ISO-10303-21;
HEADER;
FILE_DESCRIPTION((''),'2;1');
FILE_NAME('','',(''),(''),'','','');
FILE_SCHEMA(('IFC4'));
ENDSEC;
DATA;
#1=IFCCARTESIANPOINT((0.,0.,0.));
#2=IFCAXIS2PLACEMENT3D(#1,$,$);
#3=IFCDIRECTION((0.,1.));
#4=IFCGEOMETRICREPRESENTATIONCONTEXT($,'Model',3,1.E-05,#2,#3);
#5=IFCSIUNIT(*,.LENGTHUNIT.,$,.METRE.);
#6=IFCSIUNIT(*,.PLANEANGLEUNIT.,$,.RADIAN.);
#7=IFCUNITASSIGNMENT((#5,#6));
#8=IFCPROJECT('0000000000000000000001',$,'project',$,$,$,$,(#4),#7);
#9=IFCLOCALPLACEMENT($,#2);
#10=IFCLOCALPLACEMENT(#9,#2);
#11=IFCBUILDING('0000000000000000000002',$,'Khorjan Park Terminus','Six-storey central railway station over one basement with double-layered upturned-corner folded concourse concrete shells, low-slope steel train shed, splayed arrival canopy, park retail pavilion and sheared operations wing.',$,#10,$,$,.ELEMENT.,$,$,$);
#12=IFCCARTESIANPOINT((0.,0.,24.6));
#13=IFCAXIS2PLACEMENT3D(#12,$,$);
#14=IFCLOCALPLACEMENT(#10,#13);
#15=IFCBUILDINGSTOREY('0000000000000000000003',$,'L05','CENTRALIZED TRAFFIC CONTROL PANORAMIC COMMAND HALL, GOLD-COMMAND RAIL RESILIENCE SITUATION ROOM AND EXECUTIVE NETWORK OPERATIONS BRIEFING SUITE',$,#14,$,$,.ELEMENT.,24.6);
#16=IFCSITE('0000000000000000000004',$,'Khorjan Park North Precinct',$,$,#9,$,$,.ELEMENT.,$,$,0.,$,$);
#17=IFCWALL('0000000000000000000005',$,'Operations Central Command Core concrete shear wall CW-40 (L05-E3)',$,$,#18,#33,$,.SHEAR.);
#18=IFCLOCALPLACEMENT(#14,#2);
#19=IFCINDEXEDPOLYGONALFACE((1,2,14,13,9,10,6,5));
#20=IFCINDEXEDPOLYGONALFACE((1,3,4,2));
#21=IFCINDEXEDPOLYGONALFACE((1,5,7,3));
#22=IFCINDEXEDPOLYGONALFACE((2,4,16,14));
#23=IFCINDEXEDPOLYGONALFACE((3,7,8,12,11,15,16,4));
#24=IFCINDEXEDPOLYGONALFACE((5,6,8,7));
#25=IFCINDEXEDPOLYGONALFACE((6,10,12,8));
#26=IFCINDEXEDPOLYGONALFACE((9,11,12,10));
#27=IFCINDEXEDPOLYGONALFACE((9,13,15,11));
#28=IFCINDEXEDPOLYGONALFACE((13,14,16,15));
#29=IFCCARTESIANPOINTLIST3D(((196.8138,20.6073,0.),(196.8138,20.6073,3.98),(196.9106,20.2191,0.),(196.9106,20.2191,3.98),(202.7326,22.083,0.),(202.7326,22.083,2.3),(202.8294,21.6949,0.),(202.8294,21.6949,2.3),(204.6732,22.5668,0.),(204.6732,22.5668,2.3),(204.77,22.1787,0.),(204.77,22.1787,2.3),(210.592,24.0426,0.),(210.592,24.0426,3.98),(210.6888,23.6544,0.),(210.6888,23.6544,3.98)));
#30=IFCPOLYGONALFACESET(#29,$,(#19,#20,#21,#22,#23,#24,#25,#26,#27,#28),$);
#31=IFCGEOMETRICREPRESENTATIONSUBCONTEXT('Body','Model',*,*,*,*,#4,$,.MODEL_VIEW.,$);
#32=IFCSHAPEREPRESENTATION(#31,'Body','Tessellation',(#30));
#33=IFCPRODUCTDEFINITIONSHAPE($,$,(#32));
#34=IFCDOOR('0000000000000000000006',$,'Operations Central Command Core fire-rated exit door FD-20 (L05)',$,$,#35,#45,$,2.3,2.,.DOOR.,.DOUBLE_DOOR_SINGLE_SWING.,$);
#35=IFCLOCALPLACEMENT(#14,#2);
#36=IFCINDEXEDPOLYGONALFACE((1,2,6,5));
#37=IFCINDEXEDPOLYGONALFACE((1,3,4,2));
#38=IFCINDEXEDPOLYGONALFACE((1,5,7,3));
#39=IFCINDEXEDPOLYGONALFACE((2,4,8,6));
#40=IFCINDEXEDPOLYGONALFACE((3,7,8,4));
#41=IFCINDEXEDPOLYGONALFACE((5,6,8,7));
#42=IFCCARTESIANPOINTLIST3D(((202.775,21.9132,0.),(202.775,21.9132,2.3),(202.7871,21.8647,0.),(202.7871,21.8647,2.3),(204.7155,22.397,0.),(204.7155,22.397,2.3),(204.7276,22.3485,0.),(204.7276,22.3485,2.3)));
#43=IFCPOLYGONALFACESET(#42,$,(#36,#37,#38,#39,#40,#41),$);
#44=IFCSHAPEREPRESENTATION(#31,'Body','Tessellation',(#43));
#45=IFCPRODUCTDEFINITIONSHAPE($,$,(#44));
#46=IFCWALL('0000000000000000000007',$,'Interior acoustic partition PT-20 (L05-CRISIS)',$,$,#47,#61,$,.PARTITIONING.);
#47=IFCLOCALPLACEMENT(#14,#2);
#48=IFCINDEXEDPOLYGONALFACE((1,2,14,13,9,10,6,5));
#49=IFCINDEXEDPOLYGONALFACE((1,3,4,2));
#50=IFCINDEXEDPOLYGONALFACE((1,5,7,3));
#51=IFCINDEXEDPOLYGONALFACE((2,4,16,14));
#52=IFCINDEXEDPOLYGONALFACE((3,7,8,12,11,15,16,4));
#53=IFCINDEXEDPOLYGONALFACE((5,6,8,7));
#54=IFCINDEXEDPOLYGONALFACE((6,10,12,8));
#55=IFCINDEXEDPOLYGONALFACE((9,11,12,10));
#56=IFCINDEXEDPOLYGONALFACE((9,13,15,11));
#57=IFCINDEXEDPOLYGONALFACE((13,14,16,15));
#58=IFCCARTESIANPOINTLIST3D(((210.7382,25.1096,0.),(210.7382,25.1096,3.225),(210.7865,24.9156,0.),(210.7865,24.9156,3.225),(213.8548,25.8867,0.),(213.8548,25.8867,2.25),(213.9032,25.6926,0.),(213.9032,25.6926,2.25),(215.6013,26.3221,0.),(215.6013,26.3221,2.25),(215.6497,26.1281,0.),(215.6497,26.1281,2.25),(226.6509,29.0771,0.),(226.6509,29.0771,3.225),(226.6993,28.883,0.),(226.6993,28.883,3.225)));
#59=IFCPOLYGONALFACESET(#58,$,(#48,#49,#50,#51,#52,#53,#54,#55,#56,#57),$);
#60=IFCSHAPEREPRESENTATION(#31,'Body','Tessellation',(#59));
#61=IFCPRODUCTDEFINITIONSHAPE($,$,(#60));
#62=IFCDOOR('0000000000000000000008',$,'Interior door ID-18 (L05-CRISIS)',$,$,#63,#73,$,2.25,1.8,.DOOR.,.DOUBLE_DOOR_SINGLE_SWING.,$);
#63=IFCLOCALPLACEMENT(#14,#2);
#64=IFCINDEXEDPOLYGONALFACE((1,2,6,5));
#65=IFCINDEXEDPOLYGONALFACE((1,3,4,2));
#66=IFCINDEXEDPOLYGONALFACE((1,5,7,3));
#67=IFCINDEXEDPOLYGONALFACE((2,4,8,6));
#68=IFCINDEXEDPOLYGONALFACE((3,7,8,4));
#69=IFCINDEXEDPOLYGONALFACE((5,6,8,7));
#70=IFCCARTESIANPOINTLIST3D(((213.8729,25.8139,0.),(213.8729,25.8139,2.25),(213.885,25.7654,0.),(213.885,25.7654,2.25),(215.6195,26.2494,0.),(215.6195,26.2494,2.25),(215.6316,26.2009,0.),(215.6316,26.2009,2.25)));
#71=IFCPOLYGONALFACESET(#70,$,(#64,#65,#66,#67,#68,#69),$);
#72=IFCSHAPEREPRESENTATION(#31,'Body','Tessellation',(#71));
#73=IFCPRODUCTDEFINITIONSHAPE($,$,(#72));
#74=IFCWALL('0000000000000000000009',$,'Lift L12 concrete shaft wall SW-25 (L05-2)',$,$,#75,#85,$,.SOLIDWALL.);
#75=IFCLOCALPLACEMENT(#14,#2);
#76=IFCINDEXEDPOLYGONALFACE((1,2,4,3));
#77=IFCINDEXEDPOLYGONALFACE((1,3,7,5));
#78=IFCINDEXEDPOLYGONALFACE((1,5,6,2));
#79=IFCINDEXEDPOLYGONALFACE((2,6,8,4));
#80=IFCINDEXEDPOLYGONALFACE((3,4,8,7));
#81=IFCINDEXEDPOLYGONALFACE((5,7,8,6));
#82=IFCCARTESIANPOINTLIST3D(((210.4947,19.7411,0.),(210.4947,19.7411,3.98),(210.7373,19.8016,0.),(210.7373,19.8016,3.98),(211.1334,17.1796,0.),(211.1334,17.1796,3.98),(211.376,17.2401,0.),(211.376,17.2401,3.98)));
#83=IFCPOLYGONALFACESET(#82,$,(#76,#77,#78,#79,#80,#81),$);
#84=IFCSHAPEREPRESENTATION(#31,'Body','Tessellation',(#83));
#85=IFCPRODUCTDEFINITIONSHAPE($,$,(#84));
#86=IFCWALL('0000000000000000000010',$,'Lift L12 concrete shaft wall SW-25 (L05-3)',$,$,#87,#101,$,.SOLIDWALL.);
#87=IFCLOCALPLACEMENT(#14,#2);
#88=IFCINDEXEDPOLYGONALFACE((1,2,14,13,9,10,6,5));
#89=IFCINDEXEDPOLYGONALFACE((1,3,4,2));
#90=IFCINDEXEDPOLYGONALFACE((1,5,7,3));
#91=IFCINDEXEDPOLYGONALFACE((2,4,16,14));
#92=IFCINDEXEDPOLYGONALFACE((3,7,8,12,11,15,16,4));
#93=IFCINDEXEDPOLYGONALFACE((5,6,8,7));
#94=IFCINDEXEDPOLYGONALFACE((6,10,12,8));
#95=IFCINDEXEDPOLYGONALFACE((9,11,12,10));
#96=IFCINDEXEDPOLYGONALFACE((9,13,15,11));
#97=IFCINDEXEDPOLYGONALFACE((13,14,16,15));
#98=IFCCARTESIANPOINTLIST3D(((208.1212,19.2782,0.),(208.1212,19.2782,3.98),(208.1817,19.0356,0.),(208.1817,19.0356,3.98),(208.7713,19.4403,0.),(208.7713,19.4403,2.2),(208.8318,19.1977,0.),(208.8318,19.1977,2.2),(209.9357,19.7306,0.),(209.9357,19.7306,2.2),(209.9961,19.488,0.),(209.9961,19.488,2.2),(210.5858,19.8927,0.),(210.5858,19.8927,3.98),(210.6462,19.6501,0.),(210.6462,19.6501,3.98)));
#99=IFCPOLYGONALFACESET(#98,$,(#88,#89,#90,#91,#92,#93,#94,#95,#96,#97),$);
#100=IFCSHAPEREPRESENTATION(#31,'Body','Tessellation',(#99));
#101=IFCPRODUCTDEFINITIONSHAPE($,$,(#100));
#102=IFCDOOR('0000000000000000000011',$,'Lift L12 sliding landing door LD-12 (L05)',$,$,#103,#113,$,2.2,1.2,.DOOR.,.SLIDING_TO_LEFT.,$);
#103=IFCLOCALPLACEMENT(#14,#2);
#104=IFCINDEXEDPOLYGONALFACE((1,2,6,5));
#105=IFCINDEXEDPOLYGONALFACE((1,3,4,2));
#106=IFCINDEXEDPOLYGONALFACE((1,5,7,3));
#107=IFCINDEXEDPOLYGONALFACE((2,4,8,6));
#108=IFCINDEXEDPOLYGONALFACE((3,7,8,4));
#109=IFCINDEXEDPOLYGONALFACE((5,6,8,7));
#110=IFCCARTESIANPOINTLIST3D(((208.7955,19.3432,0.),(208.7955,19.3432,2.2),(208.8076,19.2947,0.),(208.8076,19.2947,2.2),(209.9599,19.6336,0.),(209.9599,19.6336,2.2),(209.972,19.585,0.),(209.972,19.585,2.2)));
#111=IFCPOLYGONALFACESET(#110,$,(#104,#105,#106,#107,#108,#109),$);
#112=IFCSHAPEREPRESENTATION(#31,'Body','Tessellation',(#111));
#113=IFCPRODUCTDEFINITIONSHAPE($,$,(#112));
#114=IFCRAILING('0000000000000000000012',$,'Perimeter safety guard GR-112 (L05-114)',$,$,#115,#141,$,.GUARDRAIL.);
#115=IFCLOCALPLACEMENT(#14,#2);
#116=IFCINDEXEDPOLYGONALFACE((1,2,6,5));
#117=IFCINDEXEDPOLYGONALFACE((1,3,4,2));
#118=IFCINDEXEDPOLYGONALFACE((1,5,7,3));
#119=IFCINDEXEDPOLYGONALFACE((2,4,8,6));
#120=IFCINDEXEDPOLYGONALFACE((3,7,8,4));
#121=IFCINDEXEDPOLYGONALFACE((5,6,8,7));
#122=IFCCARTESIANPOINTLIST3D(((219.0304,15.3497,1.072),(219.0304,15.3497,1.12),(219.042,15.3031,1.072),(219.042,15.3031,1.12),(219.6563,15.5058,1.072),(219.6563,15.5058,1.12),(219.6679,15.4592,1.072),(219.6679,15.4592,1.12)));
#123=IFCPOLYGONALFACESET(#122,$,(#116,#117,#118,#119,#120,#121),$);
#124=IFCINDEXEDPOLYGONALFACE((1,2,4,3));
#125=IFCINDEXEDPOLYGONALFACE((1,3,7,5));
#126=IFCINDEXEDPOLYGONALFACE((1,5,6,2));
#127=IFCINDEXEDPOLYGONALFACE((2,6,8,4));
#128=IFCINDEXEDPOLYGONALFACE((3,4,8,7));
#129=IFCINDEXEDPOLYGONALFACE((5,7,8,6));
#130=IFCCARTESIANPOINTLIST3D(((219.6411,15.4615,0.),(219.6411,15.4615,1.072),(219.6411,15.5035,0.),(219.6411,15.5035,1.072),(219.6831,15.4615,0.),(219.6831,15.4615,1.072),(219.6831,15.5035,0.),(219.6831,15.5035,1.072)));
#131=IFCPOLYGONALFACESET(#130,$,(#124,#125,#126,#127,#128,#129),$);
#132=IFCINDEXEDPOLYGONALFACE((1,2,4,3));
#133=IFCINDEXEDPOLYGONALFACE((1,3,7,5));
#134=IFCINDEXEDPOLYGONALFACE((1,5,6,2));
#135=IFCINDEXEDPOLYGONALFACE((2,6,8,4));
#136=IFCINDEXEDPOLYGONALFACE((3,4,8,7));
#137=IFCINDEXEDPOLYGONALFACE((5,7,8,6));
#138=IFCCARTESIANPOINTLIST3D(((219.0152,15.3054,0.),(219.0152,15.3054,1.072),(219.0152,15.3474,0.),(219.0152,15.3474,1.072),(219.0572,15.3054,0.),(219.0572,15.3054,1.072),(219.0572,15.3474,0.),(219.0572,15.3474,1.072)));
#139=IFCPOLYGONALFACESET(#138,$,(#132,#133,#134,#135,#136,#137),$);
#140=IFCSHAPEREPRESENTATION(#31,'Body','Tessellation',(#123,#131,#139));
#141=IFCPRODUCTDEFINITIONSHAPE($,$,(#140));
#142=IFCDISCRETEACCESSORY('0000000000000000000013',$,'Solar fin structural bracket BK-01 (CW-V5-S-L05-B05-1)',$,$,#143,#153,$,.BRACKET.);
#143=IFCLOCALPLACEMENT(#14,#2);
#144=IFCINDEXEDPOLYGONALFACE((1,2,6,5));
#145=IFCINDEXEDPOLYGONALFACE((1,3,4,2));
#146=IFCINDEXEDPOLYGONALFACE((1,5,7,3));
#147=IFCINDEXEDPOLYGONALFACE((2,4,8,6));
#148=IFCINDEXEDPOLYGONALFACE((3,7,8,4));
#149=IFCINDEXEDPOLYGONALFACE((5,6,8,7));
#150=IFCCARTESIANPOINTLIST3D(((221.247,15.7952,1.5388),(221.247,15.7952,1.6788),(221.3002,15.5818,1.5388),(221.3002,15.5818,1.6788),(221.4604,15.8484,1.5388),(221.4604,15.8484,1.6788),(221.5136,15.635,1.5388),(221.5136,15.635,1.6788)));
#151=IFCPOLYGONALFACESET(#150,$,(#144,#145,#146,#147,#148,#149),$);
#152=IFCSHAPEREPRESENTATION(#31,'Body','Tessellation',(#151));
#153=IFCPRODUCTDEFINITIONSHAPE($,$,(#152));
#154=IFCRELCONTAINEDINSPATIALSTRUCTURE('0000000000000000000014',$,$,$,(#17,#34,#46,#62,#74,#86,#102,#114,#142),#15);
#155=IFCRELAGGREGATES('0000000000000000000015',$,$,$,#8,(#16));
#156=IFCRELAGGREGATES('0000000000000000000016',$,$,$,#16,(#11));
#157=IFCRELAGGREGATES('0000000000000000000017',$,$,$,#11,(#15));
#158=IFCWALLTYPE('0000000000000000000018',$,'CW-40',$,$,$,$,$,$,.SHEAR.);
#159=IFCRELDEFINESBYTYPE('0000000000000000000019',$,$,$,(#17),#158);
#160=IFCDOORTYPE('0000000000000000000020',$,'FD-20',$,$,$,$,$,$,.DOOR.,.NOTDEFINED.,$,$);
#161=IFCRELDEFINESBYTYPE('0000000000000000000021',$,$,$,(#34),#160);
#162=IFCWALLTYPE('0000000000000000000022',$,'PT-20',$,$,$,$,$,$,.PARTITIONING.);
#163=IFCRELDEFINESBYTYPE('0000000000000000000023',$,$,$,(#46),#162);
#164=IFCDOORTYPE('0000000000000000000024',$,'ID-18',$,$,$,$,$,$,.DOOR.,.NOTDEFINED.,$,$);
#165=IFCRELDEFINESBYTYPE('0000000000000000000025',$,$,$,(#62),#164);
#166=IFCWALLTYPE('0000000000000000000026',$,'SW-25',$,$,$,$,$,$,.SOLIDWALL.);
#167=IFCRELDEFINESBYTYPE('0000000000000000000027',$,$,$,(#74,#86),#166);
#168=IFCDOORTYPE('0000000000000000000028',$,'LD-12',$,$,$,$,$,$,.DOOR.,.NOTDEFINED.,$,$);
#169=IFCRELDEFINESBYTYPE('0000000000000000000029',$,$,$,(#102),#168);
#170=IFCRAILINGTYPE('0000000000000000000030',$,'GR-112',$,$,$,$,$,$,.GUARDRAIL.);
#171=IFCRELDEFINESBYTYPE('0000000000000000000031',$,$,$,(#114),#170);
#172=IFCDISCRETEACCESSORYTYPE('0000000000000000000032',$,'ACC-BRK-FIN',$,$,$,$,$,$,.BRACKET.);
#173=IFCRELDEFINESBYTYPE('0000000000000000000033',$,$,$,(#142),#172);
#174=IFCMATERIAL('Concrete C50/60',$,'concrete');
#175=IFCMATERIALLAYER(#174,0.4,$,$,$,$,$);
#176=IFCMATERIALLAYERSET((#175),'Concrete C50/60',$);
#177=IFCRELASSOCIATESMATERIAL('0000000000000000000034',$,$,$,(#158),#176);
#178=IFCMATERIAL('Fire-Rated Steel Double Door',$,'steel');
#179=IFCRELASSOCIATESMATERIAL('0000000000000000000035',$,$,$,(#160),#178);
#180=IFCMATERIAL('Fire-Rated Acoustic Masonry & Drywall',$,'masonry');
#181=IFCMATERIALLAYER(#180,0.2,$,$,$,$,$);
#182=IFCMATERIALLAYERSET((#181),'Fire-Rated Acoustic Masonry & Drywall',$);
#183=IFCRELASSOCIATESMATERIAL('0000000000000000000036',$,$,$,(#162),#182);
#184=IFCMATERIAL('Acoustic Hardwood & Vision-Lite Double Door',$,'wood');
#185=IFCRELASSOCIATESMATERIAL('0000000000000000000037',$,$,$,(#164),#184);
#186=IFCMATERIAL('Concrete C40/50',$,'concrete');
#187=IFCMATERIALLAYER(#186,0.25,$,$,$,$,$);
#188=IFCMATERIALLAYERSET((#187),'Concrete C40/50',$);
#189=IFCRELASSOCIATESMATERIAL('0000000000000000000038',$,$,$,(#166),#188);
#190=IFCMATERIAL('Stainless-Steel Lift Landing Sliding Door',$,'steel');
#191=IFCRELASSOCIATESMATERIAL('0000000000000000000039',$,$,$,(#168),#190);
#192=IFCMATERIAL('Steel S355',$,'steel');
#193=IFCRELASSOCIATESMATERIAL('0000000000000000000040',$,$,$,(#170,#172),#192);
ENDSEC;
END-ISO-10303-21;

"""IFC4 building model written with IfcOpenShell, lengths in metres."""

from ifc_helpers import new_model, si_unit, direction, frame, frame_2d, origin, origin_2d, place, context, subcontext, project, spatial, rectangle, extrude, material, layer, layer_set, type_object, element, fill, save


model = new_model("IFC4")

# Units and contexts
model_context = context("Model", 3, precision=1e-05, world=origin(), true_north=direction((0.0, 1.0)))
body_context = subcontext(model_context, "Body", "Model", "MODEL_VIEW")
ifc_project = project(units=[si_unit("LENGTHUNIT", "METRE"), si_unit("PLANEANGLEUNIT", "RADIAN")], contexts=[model_context])

# Site, building, storey
site_placement = place(None, origin())
site = spatial("IfcSite", under=ifc_project, at=site_placement, Name="Khorjan Park North Precinct", CompositionType="ELEMENT", RefElevation=0.0)
building_placement = place(site_placement, origin())
building = spatial("IfcBuilding", under=site, at=building_placement, Name="Khorjan Park Terminus", Description="Six-storey central railway station over one basement with double-layered upturned-corner folded concourse concrete shells, low-slope steel train shed, splayed arrival canopy, park retail pavilion and sheared operations wing.", CompositionType="ELEMENT")
storey_placement = place(building_placement, frame((0.0, 0.0, 24.6)))
storey = spatial("IfcBuildingStorey", under=building, at=storey_placement, Name="L05", Description="CENTRALIZED TRAFFIC CONTROL PANORAMIC COMMAND HALL, GOLD-COMMAND RAIL RESILIENCE SITUATION ROOM AND EXECUTIVE NETWORK OPERATIONS BRIEFING SUITE", CompositionType="ELEMENT", Elevation=24.6)

# Shared definitions
ifc_material_1 = material(Name="Concrete C50/60", Category="concrete")

# Shared definitions
ifc_material_2 = material(Name="Steel S355", Category="steel")

# Walls, openings, doors
ifc_layer_1 = layer(ifc_material_1, 0.4)
ifc_layer_set_1 = layer_set([ifc_layer_1], Name="Concrete C50/60")
wall_type_1 = type_object("IfcWallType", Name="CW-40", PredefinedType="SHEAR", material=ifc_layer_set_1)
wall_1_placement = place(storey_placement, frame((210.6404, 23.8485, 0.0), z_axis=(0.0, 0.0, 1.0), x_axis=(-0.970296, -0.241922, 0.0)))
wall_1 = element("IfcWall", 1, at=wall_1_placement, inside=storey, type_object=wall_type_1, Name="Operations Central Command Core concrete shear wall CW-40 (L05-E3)", PredefinedType="SHEAR", context=body_context, shape_type="SweptSolid", body=[
    extrude(rectangle(XDim=14.2, YDim=0.4, at=frame_2d((7.1, 0.0))), origin(), (0.0, 0.0, 1.0), 3.98),
])
opening_1_placement = place(wall_1_placement, frame((6.1, 0.0, 0.0)))
opening_1 = element("IfcOpeningElement", 2, at=opening_1_placement, cuts=wall_1, PredefinedType="OPENING", context=body_context, shape_type="SweptSolid", body=[
    extrude(rectangle(XDim=2.0, YDim=2.3, at=frame_2d((1.0, 1.15))), frame((0.0, 0.21, 0.0), z_axis=(0.0, -1.0, 0.0), x_axis=(1.0, 0.0, 0.0)), (0.0, 0.0, 1.0), 0.42),
])
ifc_material_3 = material(Name="Fire-Rated Steel Double Door", Category="steel")
door_type_1 = type_object("IfcDoorType", Name="FD-20", OperationType="NOTDEFINED", PredefinedType="DOOR", material=ifc_material_3)
door_1_placement = place(opening_1_placement, origin())
door_1 = element("IfcDoor", 3, at=door_1_placement, inside=storey, type_object=door_type_1, Name="Operations Central Command Core fire-rated exit door FD-20 (L05)", OperationType="DOUBLE_DOOR_SINGLE_SWING", OverallHeight=2.3, OverallWidth=2.0, PredefinedType="DOOR", context=body_context, shape_type="SweptSolid", body=[
    extrude(rectangle(XDim=2.0, YDim=2.3, at=frame_2d((1.0, 1.15))), frame((0.0, 0.025, 0.0), z_axis=(0.0, -1.0, 0.0), x_axis=(1.0, 0.0, 0.0)), (0.0, 0.0, 1.0), 0.05),
])
fill(opening_1, door_1)
ifc_material_4 = material(Name="Fire-Rated Acoustic Masonry & Drywall", Category="masonry")
ifc_layer_2 = layer(ifc_material_4, 0.2)
ifc_layer_set_2 = layer_set([ifc_layer_2], Name="Fire-Rated Acoustic Masonry & Drywall")
wall_type_2 = type_object("IfcWallType", Name="PT-20", PredefinedType="PARTITIONING", material=ifc_layer_set_2)
wall_2_placement = place(storey_placement, frame((210.7624, 25.0126, 0.0), z_axis=(0.0, 0.0, 1.0), x_axis=(0.970296, 0.241922, 0.0)))
wall_2 = element("IfcWall", 4, at=wall_2_placement, inside=storey, type_object=wall_type_2, Name="Interior acoustic partition PT-20 (L05-CRISIS)", PredefinedType="PARTITIONING", context=body_context, shape_type="SweptSolid", body=[
    extrude(rectangle(XDim=16.3999, YDim=0.2, at=frame_2d((8.1999, 0.0))), origin(), (0.0, 0.0, 1.0), 3.225),
])
opening_2_placement = place(wall_2_placement, frame((3.212, 0.0, 0.0)))
opening_2 = element("IfcOpeningElement", 5, at=opening_2_placement, cuts=wall_2, PredefinedType="OPENING", context=body_context, shape_type="SweptSolid", body=[
    extrude(rectangle(XDim=1.8, YDim=2.25, at=frame_2d((0.9, 1.125))), frame((0.0, 0.11, 0.0), z_axis=(0.0, -1.0, 0.0), x_axis=(1.0, 0.0, 0.0)), (0.0, 0.0, 1.0), 0.22),
])
ifc_material_5 = material(Name="Acoustic Hardwood & Vision-Lite Double Door", Category="wood")
door_type_2 = type_object("IfcDoorType", Name="ID-18", OperationType="NOTDEFINED", PredefinedType="DOOR", material=ifc_material_5)
door_2_placement = place(opening_2_placement, origin())
door_2 = element("IfcDoor", 6, at=door_2_placement, inside=storey, type_object=door_type_2, Name="Interior door ID-18 (L05-CRISIS)", OperationType="DOUBLE_DOOR_SINGLE_SWING", OverallHeight=2.25, OverallWidth=1.8, PredefinedType="DOOR", context=body_context, shape_type="SweptSolid", body=[
    extrude(rectangle(XDim=1.8, YDim=2.25, at=frame_2d((0.9, 1.125))), frame((0.0, 0.025, 0.0), z_axis=(0.0, -1.0, 0.0), x_axis=(1.0, 0.0, 0.0)), (0.0, 0.0, 1.0), 0.05),
])
fill(opening_2, door_2)

# Wall
ifc_material_6 = material(Name="Concrete C40/50", Category="concrete")
ifc_layer_3 = layer(ifc_material_6, 0.25)
ifc_layer_set_3 = layer_set([ifc_layer_3], Name="Concrete C40/50")
wall_type_3 = type_object("IfcWallType", Name="SW-25", PredefinedType="SOLIDWALL", material=ifc_layer_set_3)
wall_3_placement = place(storey_placement, frame((211.2547, 17.2099, 0.0), z_axis=(0.0, 0.0, 1.0), x_axis=(-0.241938, 0.970292, 0.0)))
element("IfcWall", 7, at=wall_3_placement, inside=storey, type_object=wall_type_3, Name="Lift L12 concrete shaft wall SW-25 (L05-2)", PredefinedType="SOLIDWALL", context=body_context, shape_type="SweptSolid", body=[
    extrude(rectangle(XDim=2.6399, YDim=0.25, at=frame_2d((1.3199, 0.0))), origin(), (0.0, 0.0, 1.0), 3.98),
])

# Wall, opening, door
wall_4_placement = place(storey_placement, frame((210.616, 19.7714, 0.0), z_axis=(0.0, 0.0, 1.0), x_axis=(-0.970293, -0.241933, 0.0)))
wall_4 = element("IfcWall", 8, at=wall_4_placement, inside=storey, type_object=wall_type_3, Name="Lift L12 concrete shaft wall SW-25 (L05-3)", PredefinedType="SOLIDWALL", context=body_context, shape_type="SweptSolid", body=[
    extrude(rectangle(XDim=2.54, YDim=0.25, at=frame_2d((1.27, 0.0))), origin(), (0.0, 0.0, 1.0), 3.98),
])
opening_3_placement = place(wall_4_placement, frame((0.67, 0.0, 0.0)))
opening_3 = element("IfcOpeningElement", 9, at=opening_3_placement, cuts=wall_4, PredefinedType="OPENING", context=body_context, shape_type="SweptSolid", body=[
    extrude(rectangle(XDim=1.2, YDim=2.2, at=frame_2d((0.6, 1.1))), frame((0.0, 0.135, 0.0), z_axis=(0.0, -1.0, 0.0), x_axis=(1.0, 0.0, 0.0)), (0.0, 0.0, 1.0), 0.27),
])
ifc_material_7 = material(Name="Stainless-Steel Lift Landing Sliding Door", Category="steel")
door_type_3 = type_object("IfcDoorType", Name="LD-12", OperationType="NOTDEFINED", PredefinedType="DOOR", material=ifc_material_7)
door_3_placement = place(opening_3_placement, origin())
door_3 = element("IfcDoor", 10, at=door_3_placement, inside=storey, type_object=door_type_3, Name="Lift L12 sliding landing door LD-12 (L05)", OperationType="SLIDING_TO_LEFT", OverallHeight=2.2, OverallWidth=1.2, PredefinedType="DOOR", context=body_context, shape_type="SweptSolid", body=[
    extrude(rectangle(XDim=1.2, YDim=2.2, at=frame_2d((0.6, 1.1))), frame((0.0, 0.025, 0.0), z_axis=(0.0, -1.0, 0.0), x_axis=(1.0, 0.0, 0.0)), (0.0, 0.0, 1.0), 0.05),
])
fill(opening_3, door_3)

# Railing
railing_type = type_object("IfcRailingType", Name="GR-112", PredefinedType="GUARDRAIL", material=ifc_material_2)
railing_placement = place(storey_placement, frame((219.6621, 15.4825, 0.0)))
element("IfcRailing", 11, at=railing_placement, inside=storey, type_object=railing_type, Name="Perimeter safety guard GR-112 (L05-114)", PredefinedType="GUARDRAIL", context=body_context, shape_type="SweptSolid", body=[
    extrude(rectangle(XDim=0.048, YDim=0.048, at=origin_2d()), frame((0.0, 0.0, 1.096), z_axis=(-0.970279, -0.241988, 0.0), x_axis=(0.241988, -0.970279, 0.0)), (0.0, 0.0, 1.0), 0.6451),
    extrude(rectangle(XDim=0.042, YDim=0.042, at=origin_2d()), origin(), (0.0, 0.0, 1.0), 1.072),
    extrude(rectangle(XDim=0.042, YDim=0.042, at=origin_2d()), frame((-0.6259, -0.1561, 0.0)), (0.0, 0.0, 1.0), 1.072),
])

# Discrete accessory
discrete_accessory_type = type_object("IfcDiscreteAccessoryType", Name="ACC-BRK-FIN", PredefinedType="BRACKET", material=ifc_material_2)
discrete_accessory_placement = place(storey_placement, frame((221.3803, 15.7151, 1.5388), z_axis=(0.0, 0.0, 1.0), x_axis=(0.970296, 0.241919, 0.0)))
element("IfcDiscreteAccessory", 12, at=discrete_accessory_placement, inside=storey, type_object=discrete_accessory_type, Name="Solar fin structural bracket BK-01 (CW-V5-S-L05-B05-1)", PredefinedType="BRACKET", context=body_context, shape_type="SweptSolid", body=[
    extrude(rectangle(XDim=0.22, YDim=0.22, at=origin_2d()), origin(), (0.0, 0.0, 1.0), 0.14),
])

save(model, "model.ifc")
